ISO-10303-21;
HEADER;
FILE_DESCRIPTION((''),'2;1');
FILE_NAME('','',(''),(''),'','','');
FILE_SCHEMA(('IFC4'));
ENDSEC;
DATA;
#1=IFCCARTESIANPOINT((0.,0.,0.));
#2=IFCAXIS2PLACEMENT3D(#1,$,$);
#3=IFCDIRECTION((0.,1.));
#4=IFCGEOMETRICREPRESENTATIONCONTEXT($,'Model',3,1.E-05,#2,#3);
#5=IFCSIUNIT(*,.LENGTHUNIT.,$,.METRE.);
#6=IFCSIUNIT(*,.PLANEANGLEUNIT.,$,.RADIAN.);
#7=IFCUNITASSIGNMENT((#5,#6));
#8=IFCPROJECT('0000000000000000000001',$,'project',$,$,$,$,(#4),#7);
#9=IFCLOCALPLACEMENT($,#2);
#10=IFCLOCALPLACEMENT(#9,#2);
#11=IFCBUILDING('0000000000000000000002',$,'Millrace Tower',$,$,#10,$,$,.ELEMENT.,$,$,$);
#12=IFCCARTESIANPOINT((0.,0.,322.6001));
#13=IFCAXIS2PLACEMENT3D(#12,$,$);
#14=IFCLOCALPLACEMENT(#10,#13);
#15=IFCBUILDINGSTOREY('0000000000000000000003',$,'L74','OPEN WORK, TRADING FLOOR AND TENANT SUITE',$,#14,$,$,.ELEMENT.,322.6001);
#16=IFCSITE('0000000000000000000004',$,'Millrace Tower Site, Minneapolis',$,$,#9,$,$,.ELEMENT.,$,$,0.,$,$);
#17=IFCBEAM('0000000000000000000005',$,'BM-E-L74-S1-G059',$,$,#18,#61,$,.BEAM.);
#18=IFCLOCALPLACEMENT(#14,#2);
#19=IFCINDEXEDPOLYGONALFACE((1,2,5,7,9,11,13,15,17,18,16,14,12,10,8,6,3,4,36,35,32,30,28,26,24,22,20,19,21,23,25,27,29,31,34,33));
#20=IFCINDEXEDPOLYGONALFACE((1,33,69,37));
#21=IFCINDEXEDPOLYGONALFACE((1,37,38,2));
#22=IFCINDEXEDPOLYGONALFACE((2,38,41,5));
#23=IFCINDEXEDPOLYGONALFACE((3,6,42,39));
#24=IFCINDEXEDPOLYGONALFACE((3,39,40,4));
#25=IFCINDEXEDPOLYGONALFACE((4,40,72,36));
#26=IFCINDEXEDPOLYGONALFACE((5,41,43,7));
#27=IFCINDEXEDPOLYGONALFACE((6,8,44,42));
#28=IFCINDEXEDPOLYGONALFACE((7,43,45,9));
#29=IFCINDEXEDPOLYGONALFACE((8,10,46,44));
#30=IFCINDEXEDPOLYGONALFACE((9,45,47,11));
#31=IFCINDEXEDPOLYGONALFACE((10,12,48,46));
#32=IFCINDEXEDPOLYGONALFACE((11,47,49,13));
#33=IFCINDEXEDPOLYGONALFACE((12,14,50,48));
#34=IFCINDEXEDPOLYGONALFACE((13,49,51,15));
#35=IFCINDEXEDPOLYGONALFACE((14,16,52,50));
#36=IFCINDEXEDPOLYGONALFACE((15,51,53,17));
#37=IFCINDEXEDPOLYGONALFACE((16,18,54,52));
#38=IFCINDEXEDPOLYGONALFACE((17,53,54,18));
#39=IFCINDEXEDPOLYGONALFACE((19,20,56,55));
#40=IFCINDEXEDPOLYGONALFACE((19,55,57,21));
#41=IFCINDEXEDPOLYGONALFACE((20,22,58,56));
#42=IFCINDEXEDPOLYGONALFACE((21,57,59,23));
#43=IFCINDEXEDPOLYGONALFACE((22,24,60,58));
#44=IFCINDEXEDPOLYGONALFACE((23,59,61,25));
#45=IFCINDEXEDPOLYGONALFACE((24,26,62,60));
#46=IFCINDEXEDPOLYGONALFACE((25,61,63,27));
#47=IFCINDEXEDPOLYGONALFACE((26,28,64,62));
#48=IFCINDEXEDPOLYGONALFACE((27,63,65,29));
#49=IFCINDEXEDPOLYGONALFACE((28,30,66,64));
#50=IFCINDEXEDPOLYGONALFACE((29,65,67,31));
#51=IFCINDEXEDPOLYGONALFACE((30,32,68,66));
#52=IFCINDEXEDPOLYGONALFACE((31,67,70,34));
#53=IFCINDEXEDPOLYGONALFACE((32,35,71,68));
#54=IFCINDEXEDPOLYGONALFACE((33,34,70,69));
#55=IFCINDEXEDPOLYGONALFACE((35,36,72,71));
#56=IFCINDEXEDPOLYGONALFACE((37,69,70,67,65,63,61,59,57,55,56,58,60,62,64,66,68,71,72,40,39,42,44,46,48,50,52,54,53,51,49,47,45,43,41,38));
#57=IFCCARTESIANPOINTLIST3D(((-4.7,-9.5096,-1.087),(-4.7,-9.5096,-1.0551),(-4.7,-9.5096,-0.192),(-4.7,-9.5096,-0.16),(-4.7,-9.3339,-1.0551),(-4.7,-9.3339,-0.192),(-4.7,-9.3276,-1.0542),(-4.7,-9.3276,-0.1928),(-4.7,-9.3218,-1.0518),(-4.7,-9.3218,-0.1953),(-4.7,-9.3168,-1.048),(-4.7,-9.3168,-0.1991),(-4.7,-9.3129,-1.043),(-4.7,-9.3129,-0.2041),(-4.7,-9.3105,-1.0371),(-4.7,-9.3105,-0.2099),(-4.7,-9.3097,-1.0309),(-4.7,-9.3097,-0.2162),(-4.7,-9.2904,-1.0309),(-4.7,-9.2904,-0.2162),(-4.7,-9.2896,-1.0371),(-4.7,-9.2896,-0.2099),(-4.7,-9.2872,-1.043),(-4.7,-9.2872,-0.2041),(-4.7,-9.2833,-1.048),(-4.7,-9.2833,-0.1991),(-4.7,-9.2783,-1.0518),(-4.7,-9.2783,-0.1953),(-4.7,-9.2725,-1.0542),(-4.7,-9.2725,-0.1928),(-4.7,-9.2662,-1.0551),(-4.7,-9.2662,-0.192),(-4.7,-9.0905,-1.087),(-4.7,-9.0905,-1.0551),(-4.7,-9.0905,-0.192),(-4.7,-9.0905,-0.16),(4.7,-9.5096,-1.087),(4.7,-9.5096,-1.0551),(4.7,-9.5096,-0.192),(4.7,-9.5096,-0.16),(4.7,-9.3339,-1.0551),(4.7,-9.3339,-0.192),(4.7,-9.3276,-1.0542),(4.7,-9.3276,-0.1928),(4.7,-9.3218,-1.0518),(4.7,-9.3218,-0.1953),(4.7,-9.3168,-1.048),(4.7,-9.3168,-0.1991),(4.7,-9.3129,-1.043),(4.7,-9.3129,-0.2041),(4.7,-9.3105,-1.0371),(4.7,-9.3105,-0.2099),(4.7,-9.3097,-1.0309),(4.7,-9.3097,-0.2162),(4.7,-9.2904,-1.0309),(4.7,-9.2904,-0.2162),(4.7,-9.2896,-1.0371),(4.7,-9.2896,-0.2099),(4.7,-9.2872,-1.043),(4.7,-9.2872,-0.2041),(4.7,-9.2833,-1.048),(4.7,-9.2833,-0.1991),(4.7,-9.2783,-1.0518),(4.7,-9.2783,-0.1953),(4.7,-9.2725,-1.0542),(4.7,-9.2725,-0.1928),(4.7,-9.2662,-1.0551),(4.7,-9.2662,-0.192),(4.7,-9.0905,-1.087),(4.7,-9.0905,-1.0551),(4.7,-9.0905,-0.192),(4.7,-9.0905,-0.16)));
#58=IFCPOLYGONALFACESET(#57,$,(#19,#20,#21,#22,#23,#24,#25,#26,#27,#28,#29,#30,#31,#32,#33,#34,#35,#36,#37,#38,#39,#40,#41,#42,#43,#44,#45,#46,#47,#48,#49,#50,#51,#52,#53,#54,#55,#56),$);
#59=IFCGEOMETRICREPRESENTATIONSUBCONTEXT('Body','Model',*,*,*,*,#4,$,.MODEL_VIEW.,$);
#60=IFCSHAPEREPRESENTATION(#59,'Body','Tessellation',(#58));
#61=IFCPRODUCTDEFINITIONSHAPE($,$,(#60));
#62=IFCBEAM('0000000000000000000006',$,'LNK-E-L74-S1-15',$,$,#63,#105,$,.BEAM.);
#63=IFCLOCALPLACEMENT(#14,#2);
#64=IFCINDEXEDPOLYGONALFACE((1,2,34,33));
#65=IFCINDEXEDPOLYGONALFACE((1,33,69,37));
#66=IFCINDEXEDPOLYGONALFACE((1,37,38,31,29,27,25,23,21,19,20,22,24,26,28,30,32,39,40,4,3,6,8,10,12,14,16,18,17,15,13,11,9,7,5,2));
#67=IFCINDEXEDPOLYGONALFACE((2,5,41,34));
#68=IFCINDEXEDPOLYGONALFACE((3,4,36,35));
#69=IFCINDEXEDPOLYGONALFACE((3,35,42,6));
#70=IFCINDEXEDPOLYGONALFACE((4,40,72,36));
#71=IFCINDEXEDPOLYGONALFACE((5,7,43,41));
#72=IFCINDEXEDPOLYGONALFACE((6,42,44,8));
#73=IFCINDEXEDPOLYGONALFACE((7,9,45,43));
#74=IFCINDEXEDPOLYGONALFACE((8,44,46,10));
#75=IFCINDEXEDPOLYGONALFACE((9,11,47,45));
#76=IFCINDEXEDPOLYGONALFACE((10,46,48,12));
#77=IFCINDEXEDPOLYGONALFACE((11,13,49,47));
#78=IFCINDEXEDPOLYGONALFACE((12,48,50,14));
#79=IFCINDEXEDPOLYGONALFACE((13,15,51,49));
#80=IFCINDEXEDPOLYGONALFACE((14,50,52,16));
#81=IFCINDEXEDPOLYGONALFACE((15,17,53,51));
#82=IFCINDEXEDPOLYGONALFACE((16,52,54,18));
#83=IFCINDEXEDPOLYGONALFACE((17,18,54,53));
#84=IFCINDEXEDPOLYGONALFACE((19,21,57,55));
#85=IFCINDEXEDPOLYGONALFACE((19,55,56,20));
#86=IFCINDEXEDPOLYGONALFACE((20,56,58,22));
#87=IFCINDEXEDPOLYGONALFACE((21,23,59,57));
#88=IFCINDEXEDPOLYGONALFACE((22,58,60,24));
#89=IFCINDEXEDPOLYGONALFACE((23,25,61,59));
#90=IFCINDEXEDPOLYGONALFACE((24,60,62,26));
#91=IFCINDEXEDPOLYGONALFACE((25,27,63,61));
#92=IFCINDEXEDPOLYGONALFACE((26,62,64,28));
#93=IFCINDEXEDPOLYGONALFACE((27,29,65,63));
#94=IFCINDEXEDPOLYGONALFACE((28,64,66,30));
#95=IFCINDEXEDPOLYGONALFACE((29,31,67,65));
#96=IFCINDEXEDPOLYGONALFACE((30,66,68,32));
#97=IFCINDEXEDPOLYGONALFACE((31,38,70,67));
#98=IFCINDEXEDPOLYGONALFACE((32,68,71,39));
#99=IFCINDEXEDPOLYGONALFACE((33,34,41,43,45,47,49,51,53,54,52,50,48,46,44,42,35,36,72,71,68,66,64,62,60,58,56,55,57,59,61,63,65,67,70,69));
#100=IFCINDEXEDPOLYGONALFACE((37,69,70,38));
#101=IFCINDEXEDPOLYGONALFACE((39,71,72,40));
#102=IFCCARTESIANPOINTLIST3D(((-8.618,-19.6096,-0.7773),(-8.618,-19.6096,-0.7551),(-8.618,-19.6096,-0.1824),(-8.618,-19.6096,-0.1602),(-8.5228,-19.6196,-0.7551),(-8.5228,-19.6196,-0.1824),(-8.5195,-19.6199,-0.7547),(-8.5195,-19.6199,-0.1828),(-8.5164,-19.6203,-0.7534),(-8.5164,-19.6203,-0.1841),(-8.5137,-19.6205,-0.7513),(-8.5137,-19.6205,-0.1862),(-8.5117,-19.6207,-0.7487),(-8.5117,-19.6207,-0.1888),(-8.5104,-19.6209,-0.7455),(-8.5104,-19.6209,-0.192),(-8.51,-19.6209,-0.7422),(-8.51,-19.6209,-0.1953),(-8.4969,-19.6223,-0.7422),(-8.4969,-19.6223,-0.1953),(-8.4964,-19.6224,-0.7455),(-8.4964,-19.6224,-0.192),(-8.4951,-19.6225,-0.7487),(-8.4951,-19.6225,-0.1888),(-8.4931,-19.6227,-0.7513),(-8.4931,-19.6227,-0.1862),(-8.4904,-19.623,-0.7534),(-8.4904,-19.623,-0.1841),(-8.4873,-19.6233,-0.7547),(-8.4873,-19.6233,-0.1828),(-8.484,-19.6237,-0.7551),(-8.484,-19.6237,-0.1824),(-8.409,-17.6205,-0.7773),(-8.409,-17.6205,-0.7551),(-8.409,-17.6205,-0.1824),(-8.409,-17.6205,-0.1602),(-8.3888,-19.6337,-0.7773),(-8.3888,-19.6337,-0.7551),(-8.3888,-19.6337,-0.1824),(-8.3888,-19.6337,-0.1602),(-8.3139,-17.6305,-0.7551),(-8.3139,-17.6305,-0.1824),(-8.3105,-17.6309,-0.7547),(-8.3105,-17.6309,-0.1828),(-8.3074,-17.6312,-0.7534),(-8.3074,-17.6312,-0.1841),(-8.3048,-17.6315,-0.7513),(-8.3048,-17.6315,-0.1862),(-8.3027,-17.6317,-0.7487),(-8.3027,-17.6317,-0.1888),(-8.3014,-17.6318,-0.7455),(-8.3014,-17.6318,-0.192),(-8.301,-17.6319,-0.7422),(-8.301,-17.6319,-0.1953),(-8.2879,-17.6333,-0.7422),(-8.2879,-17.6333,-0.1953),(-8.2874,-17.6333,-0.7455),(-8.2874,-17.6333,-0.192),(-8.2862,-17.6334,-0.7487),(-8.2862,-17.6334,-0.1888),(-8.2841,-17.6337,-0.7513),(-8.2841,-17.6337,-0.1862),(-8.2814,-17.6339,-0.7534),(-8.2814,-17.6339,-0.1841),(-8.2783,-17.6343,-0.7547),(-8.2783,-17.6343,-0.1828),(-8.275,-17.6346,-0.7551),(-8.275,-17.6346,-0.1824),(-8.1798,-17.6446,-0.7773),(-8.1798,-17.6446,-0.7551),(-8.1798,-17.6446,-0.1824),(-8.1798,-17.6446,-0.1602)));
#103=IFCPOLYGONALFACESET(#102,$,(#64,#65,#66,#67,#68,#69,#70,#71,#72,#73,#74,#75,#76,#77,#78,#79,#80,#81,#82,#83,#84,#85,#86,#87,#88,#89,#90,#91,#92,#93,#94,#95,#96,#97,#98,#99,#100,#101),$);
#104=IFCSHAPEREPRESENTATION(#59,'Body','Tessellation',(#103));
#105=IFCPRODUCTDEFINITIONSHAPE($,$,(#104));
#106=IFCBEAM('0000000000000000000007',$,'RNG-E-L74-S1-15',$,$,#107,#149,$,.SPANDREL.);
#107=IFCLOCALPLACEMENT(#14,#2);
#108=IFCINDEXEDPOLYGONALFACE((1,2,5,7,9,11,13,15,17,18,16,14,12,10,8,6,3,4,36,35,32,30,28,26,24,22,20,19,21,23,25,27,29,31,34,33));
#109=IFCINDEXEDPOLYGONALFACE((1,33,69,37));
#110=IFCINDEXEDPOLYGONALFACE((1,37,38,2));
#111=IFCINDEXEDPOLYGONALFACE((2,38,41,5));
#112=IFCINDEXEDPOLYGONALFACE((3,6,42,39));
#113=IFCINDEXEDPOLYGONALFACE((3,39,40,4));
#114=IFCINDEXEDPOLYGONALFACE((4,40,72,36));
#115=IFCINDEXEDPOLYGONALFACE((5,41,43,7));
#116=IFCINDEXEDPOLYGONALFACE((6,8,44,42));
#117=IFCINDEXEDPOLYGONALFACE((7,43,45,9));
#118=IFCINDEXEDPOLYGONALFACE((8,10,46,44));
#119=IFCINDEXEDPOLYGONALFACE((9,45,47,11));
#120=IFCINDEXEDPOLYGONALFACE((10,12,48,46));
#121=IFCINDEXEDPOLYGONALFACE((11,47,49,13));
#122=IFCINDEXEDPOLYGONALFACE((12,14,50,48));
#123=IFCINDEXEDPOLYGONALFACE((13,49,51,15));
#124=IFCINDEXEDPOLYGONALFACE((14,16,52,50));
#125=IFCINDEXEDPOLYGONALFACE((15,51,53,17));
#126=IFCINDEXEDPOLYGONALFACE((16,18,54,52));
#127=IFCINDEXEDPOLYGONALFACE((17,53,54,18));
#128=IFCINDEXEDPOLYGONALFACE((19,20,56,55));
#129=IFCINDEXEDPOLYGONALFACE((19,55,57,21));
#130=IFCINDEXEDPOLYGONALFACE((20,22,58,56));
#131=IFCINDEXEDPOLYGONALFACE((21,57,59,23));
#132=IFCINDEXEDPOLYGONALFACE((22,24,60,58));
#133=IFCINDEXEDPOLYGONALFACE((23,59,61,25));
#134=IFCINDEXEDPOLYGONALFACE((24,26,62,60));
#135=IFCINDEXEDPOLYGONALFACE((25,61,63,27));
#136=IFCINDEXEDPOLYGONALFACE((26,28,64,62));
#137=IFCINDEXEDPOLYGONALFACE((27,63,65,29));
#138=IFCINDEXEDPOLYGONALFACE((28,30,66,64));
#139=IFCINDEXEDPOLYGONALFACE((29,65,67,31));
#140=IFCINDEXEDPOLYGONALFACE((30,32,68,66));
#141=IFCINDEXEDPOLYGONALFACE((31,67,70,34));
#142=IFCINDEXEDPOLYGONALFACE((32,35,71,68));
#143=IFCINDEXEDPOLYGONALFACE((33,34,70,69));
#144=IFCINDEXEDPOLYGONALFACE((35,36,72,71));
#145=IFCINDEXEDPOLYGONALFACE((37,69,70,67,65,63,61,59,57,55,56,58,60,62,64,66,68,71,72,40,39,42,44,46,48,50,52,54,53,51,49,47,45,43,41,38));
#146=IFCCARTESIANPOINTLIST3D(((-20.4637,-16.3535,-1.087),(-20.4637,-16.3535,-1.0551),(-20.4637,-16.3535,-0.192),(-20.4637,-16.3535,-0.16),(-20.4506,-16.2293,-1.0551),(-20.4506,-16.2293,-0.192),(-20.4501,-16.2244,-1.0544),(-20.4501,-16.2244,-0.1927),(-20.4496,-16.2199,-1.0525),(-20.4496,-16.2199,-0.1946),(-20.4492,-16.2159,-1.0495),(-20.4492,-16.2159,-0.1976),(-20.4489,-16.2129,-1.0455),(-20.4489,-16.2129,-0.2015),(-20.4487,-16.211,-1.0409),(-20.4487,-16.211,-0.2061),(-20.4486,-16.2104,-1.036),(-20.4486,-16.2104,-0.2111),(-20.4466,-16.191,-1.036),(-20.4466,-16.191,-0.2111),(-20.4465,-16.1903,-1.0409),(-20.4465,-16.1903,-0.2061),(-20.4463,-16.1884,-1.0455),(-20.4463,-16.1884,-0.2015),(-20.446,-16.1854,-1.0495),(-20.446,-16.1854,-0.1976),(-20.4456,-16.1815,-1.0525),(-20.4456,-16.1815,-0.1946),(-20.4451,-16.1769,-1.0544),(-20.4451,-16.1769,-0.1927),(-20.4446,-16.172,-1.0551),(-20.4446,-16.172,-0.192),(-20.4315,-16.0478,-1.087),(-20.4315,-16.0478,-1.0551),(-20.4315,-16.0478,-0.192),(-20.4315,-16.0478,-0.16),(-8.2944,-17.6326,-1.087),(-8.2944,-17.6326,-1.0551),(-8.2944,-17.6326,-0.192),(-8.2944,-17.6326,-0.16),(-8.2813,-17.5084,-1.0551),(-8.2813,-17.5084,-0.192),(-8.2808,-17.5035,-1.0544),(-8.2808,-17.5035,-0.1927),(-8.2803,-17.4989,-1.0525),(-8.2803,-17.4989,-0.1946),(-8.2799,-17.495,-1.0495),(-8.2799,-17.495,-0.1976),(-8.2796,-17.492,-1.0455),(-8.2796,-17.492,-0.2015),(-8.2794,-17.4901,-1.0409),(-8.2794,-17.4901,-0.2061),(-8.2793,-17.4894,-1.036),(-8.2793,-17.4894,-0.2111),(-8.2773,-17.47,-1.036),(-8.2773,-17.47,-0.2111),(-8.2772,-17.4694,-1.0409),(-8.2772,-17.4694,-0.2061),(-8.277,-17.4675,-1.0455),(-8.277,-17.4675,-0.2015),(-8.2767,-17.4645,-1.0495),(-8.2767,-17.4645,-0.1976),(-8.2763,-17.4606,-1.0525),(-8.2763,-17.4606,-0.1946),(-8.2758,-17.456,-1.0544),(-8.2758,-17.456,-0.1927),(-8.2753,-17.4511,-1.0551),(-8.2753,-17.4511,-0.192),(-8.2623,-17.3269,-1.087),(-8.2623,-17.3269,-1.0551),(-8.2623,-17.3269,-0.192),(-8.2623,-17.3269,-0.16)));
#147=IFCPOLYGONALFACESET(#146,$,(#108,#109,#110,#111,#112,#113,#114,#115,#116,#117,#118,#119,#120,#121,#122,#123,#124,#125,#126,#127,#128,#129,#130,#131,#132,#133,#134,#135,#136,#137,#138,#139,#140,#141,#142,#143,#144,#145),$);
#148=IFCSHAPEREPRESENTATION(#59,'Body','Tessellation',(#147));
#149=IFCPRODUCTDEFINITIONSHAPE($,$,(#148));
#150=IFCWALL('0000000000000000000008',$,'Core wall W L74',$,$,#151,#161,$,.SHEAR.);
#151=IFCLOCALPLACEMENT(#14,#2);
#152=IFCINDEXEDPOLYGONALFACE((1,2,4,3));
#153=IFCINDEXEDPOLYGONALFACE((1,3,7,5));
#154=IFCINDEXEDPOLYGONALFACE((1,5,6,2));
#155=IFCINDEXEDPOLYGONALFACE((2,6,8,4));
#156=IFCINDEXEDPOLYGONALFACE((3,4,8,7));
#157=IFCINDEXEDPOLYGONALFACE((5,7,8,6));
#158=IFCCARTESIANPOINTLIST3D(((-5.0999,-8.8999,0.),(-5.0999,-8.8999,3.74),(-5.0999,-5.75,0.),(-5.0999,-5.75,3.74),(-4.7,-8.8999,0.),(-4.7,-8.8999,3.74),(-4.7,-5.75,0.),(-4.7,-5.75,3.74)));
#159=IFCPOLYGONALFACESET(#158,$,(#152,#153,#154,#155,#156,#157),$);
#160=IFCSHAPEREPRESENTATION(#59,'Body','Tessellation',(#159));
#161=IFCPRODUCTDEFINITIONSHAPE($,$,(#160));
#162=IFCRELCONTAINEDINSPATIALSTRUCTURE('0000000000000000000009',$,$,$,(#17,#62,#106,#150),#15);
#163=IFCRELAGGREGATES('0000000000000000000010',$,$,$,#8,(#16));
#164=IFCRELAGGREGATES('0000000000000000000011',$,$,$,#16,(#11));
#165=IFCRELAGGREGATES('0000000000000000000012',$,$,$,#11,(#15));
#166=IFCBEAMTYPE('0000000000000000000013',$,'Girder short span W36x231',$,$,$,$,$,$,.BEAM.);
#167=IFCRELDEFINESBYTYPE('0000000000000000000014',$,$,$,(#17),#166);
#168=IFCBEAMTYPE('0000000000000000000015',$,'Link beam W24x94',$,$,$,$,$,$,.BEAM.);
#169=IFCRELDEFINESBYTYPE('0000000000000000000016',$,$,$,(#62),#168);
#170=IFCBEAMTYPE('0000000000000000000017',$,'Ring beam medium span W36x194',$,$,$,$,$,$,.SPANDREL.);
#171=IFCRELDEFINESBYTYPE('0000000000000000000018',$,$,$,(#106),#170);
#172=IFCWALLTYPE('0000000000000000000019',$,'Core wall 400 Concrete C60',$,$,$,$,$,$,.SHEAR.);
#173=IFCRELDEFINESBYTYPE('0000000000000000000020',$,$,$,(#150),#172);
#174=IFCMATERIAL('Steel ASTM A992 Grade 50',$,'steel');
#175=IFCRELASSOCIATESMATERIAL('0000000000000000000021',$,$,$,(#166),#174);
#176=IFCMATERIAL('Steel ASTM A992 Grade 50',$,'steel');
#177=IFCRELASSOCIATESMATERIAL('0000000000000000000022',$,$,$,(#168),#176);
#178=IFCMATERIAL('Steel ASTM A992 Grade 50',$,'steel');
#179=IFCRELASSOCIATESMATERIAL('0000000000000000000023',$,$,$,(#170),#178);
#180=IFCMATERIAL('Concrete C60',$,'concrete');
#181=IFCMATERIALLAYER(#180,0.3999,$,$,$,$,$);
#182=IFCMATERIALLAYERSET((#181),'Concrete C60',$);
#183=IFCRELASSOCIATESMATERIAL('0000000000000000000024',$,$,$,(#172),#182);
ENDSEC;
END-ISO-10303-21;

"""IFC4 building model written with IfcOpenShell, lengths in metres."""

from ifc_helpers import new_model, si_unit, direction, frame, frame_2d, origin, origin_2d, place, context, subcontext, project, spatial, rectangle, i_section, extrude, material, layer, layer_set, material_profile, profile_set, type_object, element, save


model = new_model("IFC4")

# Units and contexts
model_context = context("Model", 3, precision=1e-05, world=origin(), true_north=direction((0.0, 1.0)))
body_context = subcontext(model_context, "Body", "Model", "MODEL_VIEW")
ifc_project = project(units=[si_unit("LENGTHUNIT", "METRE"), si_unit("PLANEANGLEUNIT", "RADIAN")], contexts=[model_context])

# Site, building, storey
site_placement = place(None, origin())
site = spatial("IfcSite", under=ifc_project, at=site_placement, Name="Millrace Tower Site, Minneapolis", CompositionType="ELEMENT", RefElevation=0.0)
building_placement = place(site_placement, origin())
building = spatial("IfcBuilding", under=site, at=building_placement, Name="Millrace Tower", CompositionType="ELEMENT")
storey_placement = place(building_placement, frame((0.0, 0.0, 322.6001)))
storey = spatial("IfcBuildingStorey", under=building, at=storey_placement, Name="L74", Description="OPEN WORK, TRADING FLOOR AND TENANT SUITE", CompositionType="ELEMENT", Elevation=322.6001)

# Beams
ifc_material_1 = material(Name="Steel ASTM A992 Grade 50", Category="steel")
ifc_material_profile_1 = material_profile(ifc_material_1, i_section(OverallWidth=0.4192, OverallDepth=0.927, WebThickness=0.0193, FlangeThickness=0.032, FilletRadius=0.0242, at=origin_2d()))
ifc_profile_set_1 = profile_set([ifc_material_profile_1], Name="Steel ASTM A992 Grade 50")
beam_type_1 = type_object("IfcBeamType", Name="Girder short span W36x231", PredefinedType="BEAM", material=ifc_profile_set_1)
beam_1_placement = place(storey_placement, frame((-4.7, -9.3, -0.6235), z_axis=(1.0, 0.0, 0.0), x_axis=(0.0, 1.0, 0.0)))
element("IfcBeam", 1, at=beam_1_placement, inside=storey, type_object=beam_type_1, Name="BM-E-L74-S1-G059", PredefinedType="BEAM", context=body_context, shape_type="SweptSolid", body=[
    extrude(i_section(OverallWidth=0.4192, OverallDepth=0.927, WebThickness=0.0193, FlangeThickness=0.032, FilletRadius=0.0242, at=origin_2d()), origin(), (0.0, 0.0, 1.0), 9.3999),
])
ifc_material_2 = material(Name="Steel ASTM A992 Grade 50", Category="steel")
ifc_material_profile_2 = material_profile(ifc_material_2, i_section(OverallWidth=0.2305, OverallDepth=0.6172, WebThickness=0.0132, FlangeThickness=0.0222, FilletRadius=0.0129, at=origin_2d()))
ifc_profile_set_2 = profile_set([ifc_material_profile_2], Name="Steel ASTM A992 Grade 50")
beam_type_2 = type_object("IfcBeamType", Name="Link beam W24x94", PredefinedType="BEAM", material=ifc_profile_set_2)
beam_2_placement = place(storey_placement, frame((-8.2944, -17.6326, -0.4688), z_axis=(-0.104494, -0.994526, 0.0), x_axis=(0.994526, -0.104494, 0.0)))
element("IfcBeam", 2, at=beam_2_placement, inside=storey, type_object=beam_type_2, Name="LNK-E-L74-S1-15", PredefinedType="BEAM", context=body_context, shape_type="SweptSolid", body=[
    extrude(i_section(OverallWidth=0.2305, OverallDepth=0.6172, WebThickness=0.0132, FlangeThickness=0.0222, FilletRadius=0.0129, at=origin_2d()), origin(), (0.0, 0.0, 1.0), 2.0),
])
ifc_material_3 = material(Name="Steel ASTM A992 Grade 50", Category="steel")
ifc_material_profile_3 = material_profile(ifc_material_3, i_section(OverallWidth=0.3074, OverallDepth=0.927, WebThickness=0.0195, FlangeThickness=0.032, FilletRadius=0.019, at=origin_2d()))
ifc_profile_set_3 = profile_set([ifc_material_profile_3], Name="Steel ASTM A992 Grade 50")
beam_type_3 = type_object("IfcBeamType", Name="Ring beam medium span W36x194", PredefinedType="SPANDREL", material=ifc_profile_set_3)
beam_3_placement = place(storey_placement, frame((-8.2783, -17.4797, -0.6235), z_axis=(-0.994522, 0.10453, 0.0), x_axis=(-0.10453, -0.994522, 0.0)))
element("IfcBeam", 3, at=beam_3_placement, inside=storey, type_object=beam_type_3, Name="RNG-E-L74-S1-15", PredefinedType="SPANDREL", context=body_context, shape_type="SweptSolid", body=[
    extrude(i_section(OverallWidth=0.3074, OverallDepth=0.927, WebThickness=0.0195, FlangeThickness=0.032, FilletRadius=0.019, at=origin_2d()), origin(), (0.0, 0.0, 1.0), 12.2363),
])

# Wall
ifc_material_4 = material(Name="Concrete C60", Category="concrete")
ifc_layer_1 = layer(ifc_material_4, 0.3999)
ifc_layer_set_1 = layer_set([ifc_layer_1], Name="Concrete C60")
wall_type_1 = type_object("IfcWallType", Name="Core wall 400 Concrete C60", PredefinedType="SHEAR", material=ifc_layer_set_1)
wall_1_placement = place(storey_placement, frame((-4.8999, -8.8999, 0.0), z_axis=(0.0, 0.0, 1.0), x_axis=(0.0, 1.0, 0.0)))
element("IfcWall", 4, at=wall_1_placement, inside=storey, type_object=wall_type_1, Name="Core wall W L74", PredefinedType="SHEAR", context=body_context, shape_type="SweptSolid", body=[
    extrude(rectangle(XDim=3.1499, YDim=0.3999, at=frame_2d((1.575, 0.0))), origin(), (0.0, 0.0, 1.0), 3.74),
])

save(model, "model.ifc")
